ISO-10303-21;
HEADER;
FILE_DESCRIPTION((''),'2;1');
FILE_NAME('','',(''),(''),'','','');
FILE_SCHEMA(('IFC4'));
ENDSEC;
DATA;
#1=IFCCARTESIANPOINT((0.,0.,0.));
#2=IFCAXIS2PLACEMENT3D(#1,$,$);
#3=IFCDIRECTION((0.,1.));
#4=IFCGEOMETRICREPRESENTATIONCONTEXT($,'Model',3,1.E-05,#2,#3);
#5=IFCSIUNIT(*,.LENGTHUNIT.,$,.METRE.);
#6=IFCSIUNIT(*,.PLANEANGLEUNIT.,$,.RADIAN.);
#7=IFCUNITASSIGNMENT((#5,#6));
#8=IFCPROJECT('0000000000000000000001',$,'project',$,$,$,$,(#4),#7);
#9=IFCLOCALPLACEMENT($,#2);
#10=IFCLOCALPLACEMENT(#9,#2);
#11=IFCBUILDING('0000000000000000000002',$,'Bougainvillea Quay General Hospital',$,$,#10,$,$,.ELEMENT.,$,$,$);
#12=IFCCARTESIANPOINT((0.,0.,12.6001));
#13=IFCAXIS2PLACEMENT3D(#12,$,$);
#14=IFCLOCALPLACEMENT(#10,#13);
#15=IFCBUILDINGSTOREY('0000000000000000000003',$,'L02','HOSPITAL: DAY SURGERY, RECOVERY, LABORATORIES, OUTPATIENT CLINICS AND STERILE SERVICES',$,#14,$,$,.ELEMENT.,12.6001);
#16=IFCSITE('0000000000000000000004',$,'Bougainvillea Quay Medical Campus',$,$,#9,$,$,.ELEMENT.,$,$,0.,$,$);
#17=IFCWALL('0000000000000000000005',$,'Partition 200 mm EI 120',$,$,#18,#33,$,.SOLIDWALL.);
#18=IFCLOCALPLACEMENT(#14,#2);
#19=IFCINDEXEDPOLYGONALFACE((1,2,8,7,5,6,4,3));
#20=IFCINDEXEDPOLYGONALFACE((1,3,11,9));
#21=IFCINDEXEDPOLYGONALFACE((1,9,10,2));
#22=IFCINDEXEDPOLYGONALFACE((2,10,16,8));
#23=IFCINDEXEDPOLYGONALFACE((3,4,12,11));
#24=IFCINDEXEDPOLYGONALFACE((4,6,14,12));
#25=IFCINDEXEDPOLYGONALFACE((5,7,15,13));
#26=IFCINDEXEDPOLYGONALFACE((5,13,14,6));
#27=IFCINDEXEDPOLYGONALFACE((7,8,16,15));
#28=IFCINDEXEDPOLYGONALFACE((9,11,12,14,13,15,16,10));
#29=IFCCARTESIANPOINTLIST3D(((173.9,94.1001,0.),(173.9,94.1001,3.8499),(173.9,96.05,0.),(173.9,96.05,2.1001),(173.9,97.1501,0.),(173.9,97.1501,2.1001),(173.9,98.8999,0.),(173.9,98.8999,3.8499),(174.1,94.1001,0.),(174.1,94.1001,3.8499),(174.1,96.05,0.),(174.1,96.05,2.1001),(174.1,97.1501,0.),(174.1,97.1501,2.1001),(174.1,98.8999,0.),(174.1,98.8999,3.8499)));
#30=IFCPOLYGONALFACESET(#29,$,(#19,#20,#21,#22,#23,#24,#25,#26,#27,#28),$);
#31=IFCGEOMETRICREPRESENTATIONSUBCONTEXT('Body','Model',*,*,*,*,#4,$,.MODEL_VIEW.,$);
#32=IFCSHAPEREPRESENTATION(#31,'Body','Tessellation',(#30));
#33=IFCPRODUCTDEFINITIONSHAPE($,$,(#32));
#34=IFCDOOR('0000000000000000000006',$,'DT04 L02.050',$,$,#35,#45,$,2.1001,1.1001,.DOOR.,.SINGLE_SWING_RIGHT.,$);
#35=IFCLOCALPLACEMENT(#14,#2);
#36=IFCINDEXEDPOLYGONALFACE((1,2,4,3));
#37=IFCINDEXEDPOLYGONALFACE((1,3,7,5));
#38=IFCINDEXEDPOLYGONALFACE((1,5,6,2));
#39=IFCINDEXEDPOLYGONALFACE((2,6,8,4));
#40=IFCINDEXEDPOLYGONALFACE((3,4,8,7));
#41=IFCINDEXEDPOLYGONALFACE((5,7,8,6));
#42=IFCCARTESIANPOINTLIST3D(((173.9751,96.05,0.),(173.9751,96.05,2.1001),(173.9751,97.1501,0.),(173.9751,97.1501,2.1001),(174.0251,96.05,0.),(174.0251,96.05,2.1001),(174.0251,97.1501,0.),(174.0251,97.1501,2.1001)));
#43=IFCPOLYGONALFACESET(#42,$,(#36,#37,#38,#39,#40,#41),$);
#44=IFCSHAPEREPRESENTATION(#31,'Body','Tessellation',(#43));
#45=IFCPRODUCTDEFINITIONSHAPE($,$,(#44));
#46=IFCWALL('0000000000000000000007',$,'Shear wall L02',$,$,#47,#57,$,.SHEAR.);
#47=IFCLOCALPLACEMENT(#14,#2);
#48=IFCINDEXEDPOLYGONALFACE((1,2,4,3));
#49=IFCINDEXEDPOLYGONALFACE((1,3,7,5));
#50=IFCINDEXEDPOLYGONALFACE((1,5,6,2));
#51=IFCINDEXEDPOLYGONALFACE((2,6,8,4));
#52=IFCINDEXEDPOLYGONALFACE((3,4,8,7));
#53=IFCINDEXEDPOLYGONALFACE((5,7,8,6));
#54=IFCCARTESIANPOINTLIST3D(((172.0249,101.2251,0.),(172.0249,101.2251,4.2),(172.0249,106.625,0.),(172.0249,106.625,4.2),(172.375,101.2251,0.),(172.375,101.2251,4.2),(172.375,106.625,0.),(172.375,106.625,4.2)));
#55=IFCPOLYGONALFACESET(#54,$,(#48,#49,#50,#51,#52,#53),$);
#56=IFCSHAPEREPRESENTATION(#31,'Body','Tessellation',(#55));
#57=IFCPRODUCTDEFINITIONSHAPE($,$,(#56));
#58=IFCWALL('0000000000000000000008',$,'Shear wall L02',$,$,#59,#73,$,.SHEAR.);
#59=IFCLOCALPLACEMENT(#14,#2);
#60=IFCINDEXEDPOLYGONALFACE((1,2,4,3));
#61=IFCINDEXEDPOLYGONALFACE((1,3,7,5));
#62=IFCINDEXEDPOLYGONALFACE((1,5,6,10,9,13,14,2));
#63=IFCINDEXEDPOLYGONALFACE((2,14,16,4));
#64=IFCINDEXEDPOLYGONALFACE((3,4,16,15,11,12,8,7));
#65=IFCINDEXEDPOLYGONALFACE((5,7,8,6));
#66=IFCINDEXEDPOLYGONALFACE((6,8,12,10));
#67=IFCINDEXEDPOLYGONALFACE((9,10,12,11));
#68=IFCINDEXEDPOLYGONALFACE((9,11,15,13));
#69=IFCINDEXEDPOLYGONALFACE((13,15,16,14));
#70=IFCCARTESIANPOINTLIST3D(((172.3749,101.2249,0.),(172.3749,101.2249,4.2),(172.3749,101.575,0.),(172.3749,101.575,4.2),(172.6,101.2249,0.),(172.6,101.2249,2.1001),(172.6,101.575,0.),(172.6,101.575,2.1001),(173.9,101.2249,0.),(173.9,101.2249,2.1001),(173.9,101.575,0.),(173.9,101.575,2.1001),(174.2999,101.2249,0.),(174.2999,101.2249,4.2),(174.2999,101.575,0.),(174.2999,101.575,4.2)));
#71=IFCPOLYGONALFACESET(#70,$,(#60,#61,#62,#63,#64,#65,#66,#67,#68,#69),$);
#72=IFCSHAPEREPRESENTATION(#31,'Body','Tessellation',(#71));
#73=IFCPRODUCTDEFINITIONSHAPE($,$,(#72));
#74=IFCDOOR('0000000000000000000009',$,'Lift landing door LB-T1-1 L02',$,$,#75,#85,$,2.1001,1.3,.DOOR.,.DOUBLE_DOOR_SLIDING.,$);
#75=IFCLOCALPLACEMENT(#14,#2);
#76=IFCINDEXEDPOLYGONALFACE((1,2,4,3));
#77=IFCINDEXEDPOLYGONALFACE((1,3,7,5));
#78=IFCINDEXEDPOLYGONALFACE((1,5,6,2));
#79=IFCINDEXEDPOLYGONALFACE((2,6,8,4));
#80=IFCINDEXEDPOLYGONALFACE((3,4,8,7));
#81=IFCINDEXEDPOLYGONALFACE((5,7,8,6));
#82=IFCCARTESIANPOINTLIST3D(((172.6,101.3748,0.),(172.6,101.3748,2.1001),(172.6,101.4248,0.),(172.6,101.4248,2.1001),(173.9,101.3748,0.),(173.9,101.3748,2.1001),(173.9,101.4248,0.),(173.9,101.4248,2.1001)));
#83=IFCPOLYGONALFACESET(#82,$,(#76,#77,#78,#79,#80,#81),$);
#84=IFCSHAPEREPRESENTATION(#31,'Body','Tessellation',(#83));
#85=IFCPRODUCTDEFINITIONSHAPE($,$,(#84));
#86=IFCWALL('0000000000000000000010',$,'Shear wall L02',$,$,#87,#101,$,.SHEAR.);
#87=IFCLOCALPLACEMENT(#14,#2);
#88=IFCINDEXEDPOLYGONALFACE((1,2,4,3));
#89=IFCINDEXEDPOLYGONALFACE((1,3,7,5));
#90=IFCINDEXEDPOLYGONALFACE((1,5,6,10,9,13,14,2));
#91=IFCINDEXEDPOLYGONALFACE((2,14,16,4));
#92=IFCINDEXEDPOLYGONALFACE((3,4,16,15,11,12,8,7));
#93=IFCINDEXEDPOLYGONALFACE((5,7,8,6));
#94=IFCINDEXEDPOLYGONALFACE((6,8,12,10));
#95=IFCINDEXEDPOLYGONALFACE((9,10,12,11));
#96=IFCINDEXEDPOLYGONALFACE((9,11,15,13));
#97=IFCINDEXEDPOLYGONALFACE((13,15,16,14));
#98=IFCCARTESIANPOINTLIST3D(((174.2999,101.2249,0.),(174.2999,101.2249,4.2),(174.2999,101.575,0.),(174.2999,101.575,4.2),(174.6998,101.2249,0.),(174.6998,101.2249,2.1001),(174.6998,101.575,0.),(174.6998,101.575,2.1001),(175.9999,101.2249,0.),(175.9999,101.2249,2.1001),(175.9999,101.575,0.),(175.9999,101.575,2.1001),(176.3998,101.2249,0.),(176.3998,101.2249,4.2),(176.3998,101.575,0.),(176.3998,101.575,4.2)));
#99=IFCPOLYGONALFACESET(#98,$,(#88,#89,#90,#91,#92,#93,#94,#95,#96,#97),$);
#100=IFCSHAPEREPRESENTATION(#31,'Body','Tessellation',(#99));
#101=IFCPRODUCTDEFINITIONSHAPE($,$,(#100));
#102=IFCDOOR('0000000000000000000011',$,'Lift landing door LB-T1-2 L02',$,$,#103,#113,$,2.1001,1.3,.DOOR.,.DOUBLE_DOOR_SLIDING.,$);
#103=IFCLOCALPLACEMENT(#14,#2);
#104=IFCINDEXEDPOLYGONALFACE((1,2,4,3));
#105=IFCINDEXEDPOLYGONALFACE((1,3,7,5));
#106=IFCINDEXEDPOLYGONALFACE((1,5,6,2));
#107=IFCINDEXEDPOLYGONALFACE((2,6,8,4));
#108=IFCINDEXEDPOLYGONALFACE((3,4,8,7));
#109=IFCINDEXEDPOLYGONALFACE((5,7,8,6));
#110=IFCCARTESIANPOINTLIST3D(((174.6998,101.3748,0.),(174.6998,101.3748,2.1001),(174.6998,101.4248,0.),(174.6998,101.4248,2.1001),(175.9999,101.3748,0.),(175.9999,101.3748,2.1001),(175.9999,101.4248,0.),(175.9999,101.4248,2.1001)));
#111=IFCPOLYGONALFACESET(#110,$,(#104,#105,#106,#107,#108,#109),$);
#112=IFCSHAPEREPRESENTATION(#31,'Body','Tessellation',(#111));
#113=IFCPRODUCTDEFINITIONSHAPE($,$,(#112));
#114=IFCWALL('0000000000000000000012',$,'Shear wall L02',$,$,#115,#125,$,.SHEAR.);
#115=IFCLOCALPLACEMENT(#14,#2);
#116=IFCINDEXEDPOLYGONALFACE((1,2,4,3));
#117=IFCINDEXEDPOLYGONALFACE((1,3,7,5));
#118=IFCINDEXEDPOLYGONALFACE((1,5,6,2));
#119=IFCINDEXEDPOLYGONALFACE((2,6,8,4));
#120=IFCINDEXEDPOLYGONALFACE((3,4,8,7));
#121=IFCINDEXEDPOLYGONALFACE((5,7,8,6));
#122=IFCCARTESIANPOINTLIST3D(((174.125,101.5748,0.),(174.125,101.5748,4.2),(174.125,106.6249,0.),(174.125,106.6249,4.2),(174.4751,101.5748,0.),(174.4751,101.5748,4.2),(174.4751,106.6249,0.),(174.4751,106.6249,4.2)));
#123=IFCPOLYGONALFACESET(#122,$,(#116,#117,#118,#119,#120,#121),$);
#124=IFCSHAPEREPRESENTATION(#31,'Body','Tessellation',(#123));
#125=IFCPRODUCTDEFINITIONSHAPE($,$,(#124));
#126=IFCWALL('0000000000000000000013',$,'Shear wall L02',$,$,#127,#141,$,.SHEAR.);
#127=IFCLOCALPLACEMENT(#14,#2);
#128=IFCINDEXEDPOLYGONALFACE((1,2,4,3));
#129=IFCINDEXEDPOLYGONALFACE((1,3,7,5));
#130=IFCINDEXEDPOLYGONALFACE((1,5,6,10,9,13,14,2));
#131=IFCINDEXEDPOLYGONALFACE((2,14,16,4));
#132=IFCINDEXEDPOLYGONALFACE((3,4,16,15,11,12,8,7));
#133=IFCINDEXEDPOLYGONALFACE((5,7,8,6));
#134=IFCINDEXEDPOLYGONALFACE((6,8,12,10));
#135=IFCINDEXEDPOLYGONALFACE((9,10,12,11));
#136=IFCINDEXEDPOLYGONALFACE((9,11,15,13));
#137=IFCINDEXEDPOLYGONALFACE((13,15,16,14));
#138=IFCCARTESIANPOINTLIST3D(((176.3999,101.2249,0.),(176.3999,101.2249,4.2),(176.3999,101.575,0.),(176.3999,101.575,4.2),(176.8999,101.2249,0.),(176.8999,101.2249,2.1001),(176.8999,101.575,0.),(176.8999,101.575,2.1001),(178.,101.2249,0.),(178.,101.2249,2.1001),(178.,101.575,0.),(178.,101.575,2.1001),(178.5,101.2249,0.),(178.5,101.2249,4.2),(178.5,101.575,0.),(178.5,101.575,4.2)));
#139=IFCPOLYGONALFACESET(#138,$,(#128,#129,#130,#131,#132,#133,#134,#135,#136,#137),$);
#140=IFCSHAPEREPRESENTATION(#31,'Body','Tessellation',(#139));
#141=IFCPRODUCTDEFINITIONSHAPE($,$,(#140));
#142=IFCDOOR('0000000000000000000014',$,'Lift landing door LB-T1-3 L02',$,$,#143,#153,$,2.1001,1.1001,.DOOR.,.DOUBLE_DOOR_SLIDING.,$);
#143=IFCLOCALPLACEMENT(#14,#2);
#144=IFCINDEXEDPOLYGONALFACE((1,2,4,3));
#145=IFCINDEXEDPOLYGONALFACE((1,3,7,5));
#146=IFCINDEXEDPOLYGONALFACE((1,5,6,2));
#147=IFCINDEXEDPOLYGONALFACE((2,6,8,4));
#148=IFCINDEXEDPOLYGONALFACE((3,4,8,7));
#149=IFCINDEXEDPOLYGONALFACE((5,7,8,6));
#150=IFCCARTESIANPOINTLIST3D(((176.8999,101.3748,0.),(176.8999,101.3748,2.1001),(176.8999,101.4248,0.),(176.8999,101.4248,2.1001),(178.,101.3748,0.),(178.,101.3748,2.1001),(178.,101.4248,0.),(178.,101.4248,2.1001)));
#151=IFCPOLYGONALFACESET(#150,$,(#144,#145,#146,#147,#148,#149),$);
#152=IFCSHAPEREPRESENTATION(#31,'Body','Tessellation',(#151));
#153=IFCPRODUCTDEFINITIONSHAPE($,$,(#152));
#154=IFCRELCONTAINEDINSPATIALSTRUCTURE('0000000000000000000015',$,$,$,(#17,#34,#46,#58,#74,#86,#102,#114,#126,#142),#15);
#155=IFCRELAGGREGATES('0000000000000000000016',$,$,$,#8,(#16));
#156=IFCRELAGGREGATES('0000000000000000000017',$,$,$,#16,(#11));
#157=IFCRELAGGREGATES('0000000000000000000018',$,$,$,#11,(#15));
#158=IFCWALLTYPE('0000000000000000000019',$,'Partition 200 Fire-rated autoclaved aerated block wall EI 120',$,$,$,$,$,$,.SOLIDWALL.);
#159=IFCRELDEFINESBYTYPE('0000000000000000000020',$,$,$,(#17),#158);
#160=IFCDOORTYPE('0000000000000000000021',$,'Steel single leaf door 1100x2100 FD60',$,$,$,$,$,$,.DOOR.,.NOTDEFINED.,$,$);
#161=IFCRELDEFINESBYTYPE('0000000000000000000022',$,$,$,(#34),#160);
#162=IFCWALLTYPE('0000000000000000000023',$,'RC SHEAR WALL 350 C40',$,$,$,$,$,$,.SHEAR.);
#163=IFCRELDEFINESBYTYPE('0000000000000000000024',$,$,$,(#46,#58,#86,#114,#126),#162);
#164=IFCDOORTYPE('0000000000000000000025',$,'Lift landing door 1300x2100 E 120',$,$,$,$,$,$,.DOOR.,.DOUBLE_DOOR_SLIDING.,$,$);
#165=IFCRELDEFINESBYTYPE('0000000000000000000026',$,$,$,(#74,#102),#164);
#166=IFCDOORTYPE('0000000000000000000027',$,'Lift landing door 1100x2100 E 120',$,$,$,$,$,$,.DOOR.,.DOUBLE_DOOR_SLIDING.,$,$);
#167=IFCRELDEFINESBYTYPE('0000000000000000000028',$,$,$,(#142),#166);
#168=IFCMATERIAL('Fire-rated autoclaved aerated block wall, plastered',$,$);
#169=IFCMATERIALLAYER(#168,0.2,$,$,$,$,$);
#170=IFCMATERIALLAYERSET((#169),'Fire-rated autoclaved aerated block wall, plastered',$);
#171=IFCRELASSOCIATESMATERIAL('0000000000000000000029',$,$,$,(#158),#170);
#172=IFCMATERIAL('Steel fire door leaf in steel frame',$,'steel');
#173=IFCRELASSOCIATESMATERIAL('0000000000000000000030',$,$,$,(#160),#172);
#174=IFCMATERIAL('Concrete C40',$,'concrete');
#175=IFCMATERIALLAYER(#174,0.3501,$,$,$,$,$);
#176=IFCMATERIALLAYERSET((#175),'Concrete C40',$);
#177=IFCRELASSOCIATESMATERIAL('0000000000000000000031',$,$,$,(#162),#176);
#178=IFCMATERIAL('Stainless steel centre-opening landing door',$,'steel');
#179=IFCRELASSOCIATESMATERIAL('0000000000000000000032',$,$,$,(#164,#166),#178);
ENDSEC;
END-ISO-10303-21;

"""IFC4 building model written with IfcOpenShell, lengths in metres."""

from ifc_helpers import new_model, si_unit, direction, frame, frame_2d, origin, place, context, subcontext, project, spatial, rectangle, extrude, material, layer, layer_set, type_object, element, fill, save


model = new_model("IFC4")

# Units and contexts
model_context = context("Model", 3, precision=1e-05, world=origin(), true_north=direction((0.0, 1.0)))
body_context = subcontext(model_context, "Body", "Model", "MODEL_VIEW")
ifc_project = project(units=[si_unit("LENGTHUNIT", "METRE"), si_unit("PLANEANGLEUNIT", "RADIAN")], contexts=[model_context])

# Site, building, storey
site_placement = place(None, origin())
site = spatial("IfcSite", under=ifc_project, at=site_placement, Name="Bougainvillea Quay Medical Campus", CompositionType="ELEMENT", RefElevation=0.0)
building_placement = place(site_placement, origin())
building = spatial("IfcBuilding", under=site, at=building_placement, Name="Bougainvillea Quay General Hospital", CompositionType="ELEMENT")
storey_placement = place(building_placement, frame((0.0, 0.0, 12.6001)))
storey = spatial("IfcBuildingStorey", under=building, at=storey_placement, Name="L02", Description="HOSPITAL: DAY SURGERY, RECOVERY, LABORATORIES, OUTPATIENT CLINICS AND STERILE SERVICES", CompositionType="ELEMENT", Elevation=12.6001)

# Wall, opening, door
ifc_material_1 = material(Name="Fire-rated autoclaved aerated block wall, plastered")
ifc_layer_1 = layer(ifc_material_1, 0.2)
ifc_layer_set_1 = layer_set([ifc_layer_1], Name="Fire-rated autoclaved aerated block wall, plastered")
wall_type_1 = type_object("IfcWallType", Name="Partition 200 Fire-rated autoclaved aerated block wall EI 120", PredefinedType="SOLIDWALL", material=ifc_layer_set_1)
wall_1_placement = place(storey_placement, frame((174.0, 94.1001, 0.0), z_axis=(0.0, 0.0, 1.0), x_axis=(0.0, 1.0, 0.0)))
wall_1 = element("IfcWall", 1, at=wall_1_placement, inside=storey, type_object=wall_type_1, Name="Partition 200 mm EI 120", PredefinedType="SOLIDWALL", context=body_context, shape_type="SweptSolid", body=[
    extrude(rectangle(XDim=4.7998, YDim=0.2, at=frame_2d((2.3999, 0.0))), origin(), (0.0, 0.0, 1.0), 3.8499),
])
opening_1_placement = place(wall_1_placement, frame((1.95, 0.0, 0.0)))
opening_1 = element("IfcOpeningElement", 2, at=opening_1_placement, cuts=wall_1, PredefinedType="OPENING", context=body_context, shape_type="SweptSolid", body=[
    extrude(rectangle(XDim=1.1001, YDim=2.1001, at=frame_2d((0.55, 1.05))), frame((0.0, 0.1099, 0.0), z_axis=(0.0, -1.0, 0.0), x_axis=(1.0, 0.0, 0.0)), (0.0, 0.0, 1.0), 0.22),
])
ifc_material_2 = material(Name="Steel fire door leaf in steel frame", Category="steel")
door_type_1 = type_object("IfcDoorType", Name="Steel single leaf door 1100x2100 FD60", OperationType="NOTDEFINED", PredefinedType="DOOR", material=ifc_material_2)
door_1_placement = place(opening_1_placement, origin())
door_1 = element("IfcDoor", 3, at=door_1_placement, inside=storey, type_object=door_type_1, Name="DT04 L02.050", OperationType="SINGLE_SWING_RIGHT", OverallHeight=2.1001, OverallWidth=1.1001, PredefinedType="DOOR", context=body_context, shape_type="SweptSolid", body=[
    extrude(rectangle(XDim=1.1001, YDim=2.1001, at=frame_2d((0.55, 1.05))), frame((0.0, 0.0249, 0.0), z_axis=(0.0, -1.0, 0.0), x_axis=(1.0, 0.0, 0.0)), (0.0, 0.0, 1.0), 0.05),
])
fill(opening_1, door_1)

# Wall
ifc_material_3 = material(Name="Concrete C40", Category="concrete")
ifc_layer_2 = layer(ifc_material_3, 0.3501)
ifc_layer_set_2 = layer_set([ifc_layer_2], Name="Concrete C40")
wall_type_2 = type_object("IfcWallType", Name="RC SHEAR WALL 350 C40", PredefinedType="SHEAR", material=ifc_layer_set_2)
wall_2_placement = place(storey_placement, frame((172.2, 101.2251, 0.0), z_axis=(0.0, 0.0, 1.0), x_axis=(0.0, 1.0, 0.0)))
element("IfcWall", 4, at=wall_2_placement, inside=storey, type_object=wall_type_2, Name="Shear wall L02", PredefinedType="SHEAR", context=body_context, shape_type="SweptSolid", body=[
    extrude(rectangle(XDim=5.3999, YDim=0.3501, at=frame_2d((2.7, 0.0))), origin(), (0.0, 0.0, 1.0), 4.2),
])

# Walls, openings, doors
wall_3_placement = place(storey_placement, frame((172.375, 101.3999, 0.0), z_axis=(0.0, 0.0, 1.0), x_axis=(1.0, 0.0, 0.0)))
wall_3 = element("IfcWall", 5, at=wall_3_placement, inside=storey, type_object=wall_type_2, Name="Shear wall L02", PredefinedType="SHEAR", context=body_context, shape_type="SweptSolid", body=[
    extrude(rectangle(XDim=1.925, YDim=0.3501, at=frame_2d((0.9624, 0.0))), origin(), (0.0, 0.0, 1.0), 4.2),
])
opening_2_placement = place(wall_3_placement, frame((0.2251, 0.0, 0.0)))
opening_2 = element("IfcOpeningElement", 6, at=opening_2_placement, cuts=wall_3, PredefinedType="OPENING", context=body_context, shape_type="SweptSolid", body=[
    extrude(rectangle(XDim=1.3, YDim=2.1001, at=frame_2d((0.6499, 1.05))), frame((0.0, 0.1851, 0.0), z_axis=(0.0, -1.0, 0.0), x_axis=(1.0, 0.0, 0.0)), (0.0, 0.0, 1.0), 0.3701),
])
ifc_material_4 = material(Name="Stainless steel centre-opening landing door", Category="steel")
door_type_2 = type_object("IfcDoorType", Name="Lift landing door 1300x2100 E 120", OperationType="DOUBLE_DOOR_SLIDING", PredefinedType="DOOR", material=ifc_material_4)
door_2_placement = place(opening_2_placement, origin())
door_2 = element("IfcDoor", 7, at=door_2_placement, inside=storey, type_object=door_type_2, Name="Lift landing door LB-T1-1 L02", OperationType="DOUBLE_DOOR_SLIDING", OverallHeight=2.1001, OverallWidth=1.3, PredefinedType="DOOR", context=body_context, shape_type="SweptSolid", body=[
    extrude(rectangle(XDim=1.3, YDim=2.1001, at=frame_2d((0.6499, 1.05))), frame((0.0, 0.0249, 0.0), z_axis=(0.0, -1.0, 0.0), x_axis=(1.0, 0.0, 0.0)), (0.0, 0.0, 1.0), 0.05),
])
fill(opening_2, door_2)
wall_4_placement = place(storey_placement, frame((174.3, 101.3999, 0.0), z_axis=(0.0, 0.0, 1.0), x_axis=(1.0, 0.0, 0.0)))
wall_4 = element("IfcWall", 8, at=wall_4_placement, inside=storey, type_object=wall_type_2, Name="Shear wall L02", PredefinedType="SHEAR", context=body_context, shape_type="SweptSolid", body=[
    extrude(rectangle(XDim=2.0999, YDim=0.3501, at=frame_2d((1.0498, 0.0))), origin(), (0.0, 0.0, 1.0), 4.2),
])
opening_3_placement = place(wall_4_placement, frame((0.3999, 0.0, 0.0)))
opening_3 = element("IfcOpeningElement", 9, at=opening_3_placement, cuts=wall_4, PredefinedType="OPENING", context=body_context, shape_type="SweptSolid", body=[
    extrude(rectangle(XDim=1.3, YDim=2.1001, at=frame_2d((0.6499, 1.05))), frame((0.0, 0.1851, 0.0), z_axis=(0.0, -1.0, 0.0), x_axis=(1.0, 0.0, 0.0)), (0.0, 0.0, 1.0), 0.3701),
])
door_3_placement = place(opening_3_placement, origin())
door_3 = element("IfcDoor", 10, at=door_3_placement, inside=storey, type_object=door_type_2, Name="Lift landing door LB-T1-2 L02", OperationType="DOUBLE_DOOR_SLIDING", OverallHeight=2.1001, OverallWidth=1.3, PredefinedType="DOOR", context=body_context, shape_type="SweptSolid", body=[
    extrude(rectangle(XDim=1.3, YDim=2.1001, at=frame_2d((0.6499, 1.05))), frame((0.0, 0.0249, 0.0), z_axis=(0.0, -1.0, 0.0), x_axis=(1.0, 0.0, 0.0)), (0.0, 0.0, 1.0), 0.05),
])
fill(opening_3, door_3)

# Wall
wall_5_placement = place(storey_placement, frame((174.3, 101.575, 0.0), z_axis=(0.0, 0.0, 1.0), x_axis=(0.0, 1.0, 0.0)))
element("IfcWall", 11, at=wall_5_placement, inside=storey, type_object=wall_type_2, Name="Shear wall L02", PredefinedType="SHEAR", context=body_context, shape_type="SweptSolid", body=[
    extrude(rectangle(XDim=5.05, YDim=0.3501, at=frame_2d((2.5249, 0.0))), origin(), (0.0, 0.0, 1.0), 4.2),
])

# Wall, opening, door
wall_6_placement = place(storey_placement, frame((176.3999, 101.3999, 0.0), z_axis=(0.0, 0.0, 1.0), x_axis=(1.0, 0.0, 0.0)))
wall_6 = element("IfcWall", 12, at=wall_6_placement, inside=storey, type_object=wall_type_2, Name="Shear wall L02", PredefinedType="SHEAR", context=body_context, shape_type="SweptSolid", body=[
    extrude(rectangle(XDim=2.1001, YDim=0.3501, at=frame_2d((1.05, 0.0))), origin(), (0.0, 0.0, 1.0), 4.2),
])
opening_4_placement = place(wall_6_placement, frame((0.5, 0.0, 0.0)))
opening_4 = element("IfcOpeningElement", 13, at=opening_4_placement, cuts=wall_6, PredefinedType="OPENING", context=body_context, shape_type="SweptSolid", body=[
    extrude(rectangle(XDim=1.1001, YDim=2.1001, at=frame_2d((0.55, 1.05))), frame((0.0, 0.1851, 0.0), z_axis=(0.0, -1.0, 0.0), x_axis=(1.0, 0.0, 0.0)), (0.0, 0.0, 1.0), 0.3701),
])
door_type_3 = type_object("IfcDoorType", Name="Lift landing door 1100x2100 E 120", OperationType="DOUBLE_DOOR_SLIDING", PredefinedType="DOOR", material=ifc_material_4)
door_4_placement = place(opening_4_placement, origin())
door_4 = element("IfcDoor", 14, at=door_4_placement, inside=storey, type_object=door_type_3, Name="Lift landing door LB-T1-3 L02", OperationType="DOUBLE_DOOR_SLIDING", OverallHeight=2.1001, OverallWidth=1.1001, PredefinedType="DOOR", context=body_context, shape_type="SweptSolid", body=[
    extrude(rectangle(XDim=1.1001, YDim=2.1001, at=frame_2d((0.55, 1.05))), frame((0.0, 0.0249, 0.0), z_axis=(0.0, -1.0, 0.0), x_axis=(1.0, 0.0, 0.0)), (0.0, 0.0, 1.0), 0.05),
])
fill(opening_4, door_4)

save(model, "model.ifc")
